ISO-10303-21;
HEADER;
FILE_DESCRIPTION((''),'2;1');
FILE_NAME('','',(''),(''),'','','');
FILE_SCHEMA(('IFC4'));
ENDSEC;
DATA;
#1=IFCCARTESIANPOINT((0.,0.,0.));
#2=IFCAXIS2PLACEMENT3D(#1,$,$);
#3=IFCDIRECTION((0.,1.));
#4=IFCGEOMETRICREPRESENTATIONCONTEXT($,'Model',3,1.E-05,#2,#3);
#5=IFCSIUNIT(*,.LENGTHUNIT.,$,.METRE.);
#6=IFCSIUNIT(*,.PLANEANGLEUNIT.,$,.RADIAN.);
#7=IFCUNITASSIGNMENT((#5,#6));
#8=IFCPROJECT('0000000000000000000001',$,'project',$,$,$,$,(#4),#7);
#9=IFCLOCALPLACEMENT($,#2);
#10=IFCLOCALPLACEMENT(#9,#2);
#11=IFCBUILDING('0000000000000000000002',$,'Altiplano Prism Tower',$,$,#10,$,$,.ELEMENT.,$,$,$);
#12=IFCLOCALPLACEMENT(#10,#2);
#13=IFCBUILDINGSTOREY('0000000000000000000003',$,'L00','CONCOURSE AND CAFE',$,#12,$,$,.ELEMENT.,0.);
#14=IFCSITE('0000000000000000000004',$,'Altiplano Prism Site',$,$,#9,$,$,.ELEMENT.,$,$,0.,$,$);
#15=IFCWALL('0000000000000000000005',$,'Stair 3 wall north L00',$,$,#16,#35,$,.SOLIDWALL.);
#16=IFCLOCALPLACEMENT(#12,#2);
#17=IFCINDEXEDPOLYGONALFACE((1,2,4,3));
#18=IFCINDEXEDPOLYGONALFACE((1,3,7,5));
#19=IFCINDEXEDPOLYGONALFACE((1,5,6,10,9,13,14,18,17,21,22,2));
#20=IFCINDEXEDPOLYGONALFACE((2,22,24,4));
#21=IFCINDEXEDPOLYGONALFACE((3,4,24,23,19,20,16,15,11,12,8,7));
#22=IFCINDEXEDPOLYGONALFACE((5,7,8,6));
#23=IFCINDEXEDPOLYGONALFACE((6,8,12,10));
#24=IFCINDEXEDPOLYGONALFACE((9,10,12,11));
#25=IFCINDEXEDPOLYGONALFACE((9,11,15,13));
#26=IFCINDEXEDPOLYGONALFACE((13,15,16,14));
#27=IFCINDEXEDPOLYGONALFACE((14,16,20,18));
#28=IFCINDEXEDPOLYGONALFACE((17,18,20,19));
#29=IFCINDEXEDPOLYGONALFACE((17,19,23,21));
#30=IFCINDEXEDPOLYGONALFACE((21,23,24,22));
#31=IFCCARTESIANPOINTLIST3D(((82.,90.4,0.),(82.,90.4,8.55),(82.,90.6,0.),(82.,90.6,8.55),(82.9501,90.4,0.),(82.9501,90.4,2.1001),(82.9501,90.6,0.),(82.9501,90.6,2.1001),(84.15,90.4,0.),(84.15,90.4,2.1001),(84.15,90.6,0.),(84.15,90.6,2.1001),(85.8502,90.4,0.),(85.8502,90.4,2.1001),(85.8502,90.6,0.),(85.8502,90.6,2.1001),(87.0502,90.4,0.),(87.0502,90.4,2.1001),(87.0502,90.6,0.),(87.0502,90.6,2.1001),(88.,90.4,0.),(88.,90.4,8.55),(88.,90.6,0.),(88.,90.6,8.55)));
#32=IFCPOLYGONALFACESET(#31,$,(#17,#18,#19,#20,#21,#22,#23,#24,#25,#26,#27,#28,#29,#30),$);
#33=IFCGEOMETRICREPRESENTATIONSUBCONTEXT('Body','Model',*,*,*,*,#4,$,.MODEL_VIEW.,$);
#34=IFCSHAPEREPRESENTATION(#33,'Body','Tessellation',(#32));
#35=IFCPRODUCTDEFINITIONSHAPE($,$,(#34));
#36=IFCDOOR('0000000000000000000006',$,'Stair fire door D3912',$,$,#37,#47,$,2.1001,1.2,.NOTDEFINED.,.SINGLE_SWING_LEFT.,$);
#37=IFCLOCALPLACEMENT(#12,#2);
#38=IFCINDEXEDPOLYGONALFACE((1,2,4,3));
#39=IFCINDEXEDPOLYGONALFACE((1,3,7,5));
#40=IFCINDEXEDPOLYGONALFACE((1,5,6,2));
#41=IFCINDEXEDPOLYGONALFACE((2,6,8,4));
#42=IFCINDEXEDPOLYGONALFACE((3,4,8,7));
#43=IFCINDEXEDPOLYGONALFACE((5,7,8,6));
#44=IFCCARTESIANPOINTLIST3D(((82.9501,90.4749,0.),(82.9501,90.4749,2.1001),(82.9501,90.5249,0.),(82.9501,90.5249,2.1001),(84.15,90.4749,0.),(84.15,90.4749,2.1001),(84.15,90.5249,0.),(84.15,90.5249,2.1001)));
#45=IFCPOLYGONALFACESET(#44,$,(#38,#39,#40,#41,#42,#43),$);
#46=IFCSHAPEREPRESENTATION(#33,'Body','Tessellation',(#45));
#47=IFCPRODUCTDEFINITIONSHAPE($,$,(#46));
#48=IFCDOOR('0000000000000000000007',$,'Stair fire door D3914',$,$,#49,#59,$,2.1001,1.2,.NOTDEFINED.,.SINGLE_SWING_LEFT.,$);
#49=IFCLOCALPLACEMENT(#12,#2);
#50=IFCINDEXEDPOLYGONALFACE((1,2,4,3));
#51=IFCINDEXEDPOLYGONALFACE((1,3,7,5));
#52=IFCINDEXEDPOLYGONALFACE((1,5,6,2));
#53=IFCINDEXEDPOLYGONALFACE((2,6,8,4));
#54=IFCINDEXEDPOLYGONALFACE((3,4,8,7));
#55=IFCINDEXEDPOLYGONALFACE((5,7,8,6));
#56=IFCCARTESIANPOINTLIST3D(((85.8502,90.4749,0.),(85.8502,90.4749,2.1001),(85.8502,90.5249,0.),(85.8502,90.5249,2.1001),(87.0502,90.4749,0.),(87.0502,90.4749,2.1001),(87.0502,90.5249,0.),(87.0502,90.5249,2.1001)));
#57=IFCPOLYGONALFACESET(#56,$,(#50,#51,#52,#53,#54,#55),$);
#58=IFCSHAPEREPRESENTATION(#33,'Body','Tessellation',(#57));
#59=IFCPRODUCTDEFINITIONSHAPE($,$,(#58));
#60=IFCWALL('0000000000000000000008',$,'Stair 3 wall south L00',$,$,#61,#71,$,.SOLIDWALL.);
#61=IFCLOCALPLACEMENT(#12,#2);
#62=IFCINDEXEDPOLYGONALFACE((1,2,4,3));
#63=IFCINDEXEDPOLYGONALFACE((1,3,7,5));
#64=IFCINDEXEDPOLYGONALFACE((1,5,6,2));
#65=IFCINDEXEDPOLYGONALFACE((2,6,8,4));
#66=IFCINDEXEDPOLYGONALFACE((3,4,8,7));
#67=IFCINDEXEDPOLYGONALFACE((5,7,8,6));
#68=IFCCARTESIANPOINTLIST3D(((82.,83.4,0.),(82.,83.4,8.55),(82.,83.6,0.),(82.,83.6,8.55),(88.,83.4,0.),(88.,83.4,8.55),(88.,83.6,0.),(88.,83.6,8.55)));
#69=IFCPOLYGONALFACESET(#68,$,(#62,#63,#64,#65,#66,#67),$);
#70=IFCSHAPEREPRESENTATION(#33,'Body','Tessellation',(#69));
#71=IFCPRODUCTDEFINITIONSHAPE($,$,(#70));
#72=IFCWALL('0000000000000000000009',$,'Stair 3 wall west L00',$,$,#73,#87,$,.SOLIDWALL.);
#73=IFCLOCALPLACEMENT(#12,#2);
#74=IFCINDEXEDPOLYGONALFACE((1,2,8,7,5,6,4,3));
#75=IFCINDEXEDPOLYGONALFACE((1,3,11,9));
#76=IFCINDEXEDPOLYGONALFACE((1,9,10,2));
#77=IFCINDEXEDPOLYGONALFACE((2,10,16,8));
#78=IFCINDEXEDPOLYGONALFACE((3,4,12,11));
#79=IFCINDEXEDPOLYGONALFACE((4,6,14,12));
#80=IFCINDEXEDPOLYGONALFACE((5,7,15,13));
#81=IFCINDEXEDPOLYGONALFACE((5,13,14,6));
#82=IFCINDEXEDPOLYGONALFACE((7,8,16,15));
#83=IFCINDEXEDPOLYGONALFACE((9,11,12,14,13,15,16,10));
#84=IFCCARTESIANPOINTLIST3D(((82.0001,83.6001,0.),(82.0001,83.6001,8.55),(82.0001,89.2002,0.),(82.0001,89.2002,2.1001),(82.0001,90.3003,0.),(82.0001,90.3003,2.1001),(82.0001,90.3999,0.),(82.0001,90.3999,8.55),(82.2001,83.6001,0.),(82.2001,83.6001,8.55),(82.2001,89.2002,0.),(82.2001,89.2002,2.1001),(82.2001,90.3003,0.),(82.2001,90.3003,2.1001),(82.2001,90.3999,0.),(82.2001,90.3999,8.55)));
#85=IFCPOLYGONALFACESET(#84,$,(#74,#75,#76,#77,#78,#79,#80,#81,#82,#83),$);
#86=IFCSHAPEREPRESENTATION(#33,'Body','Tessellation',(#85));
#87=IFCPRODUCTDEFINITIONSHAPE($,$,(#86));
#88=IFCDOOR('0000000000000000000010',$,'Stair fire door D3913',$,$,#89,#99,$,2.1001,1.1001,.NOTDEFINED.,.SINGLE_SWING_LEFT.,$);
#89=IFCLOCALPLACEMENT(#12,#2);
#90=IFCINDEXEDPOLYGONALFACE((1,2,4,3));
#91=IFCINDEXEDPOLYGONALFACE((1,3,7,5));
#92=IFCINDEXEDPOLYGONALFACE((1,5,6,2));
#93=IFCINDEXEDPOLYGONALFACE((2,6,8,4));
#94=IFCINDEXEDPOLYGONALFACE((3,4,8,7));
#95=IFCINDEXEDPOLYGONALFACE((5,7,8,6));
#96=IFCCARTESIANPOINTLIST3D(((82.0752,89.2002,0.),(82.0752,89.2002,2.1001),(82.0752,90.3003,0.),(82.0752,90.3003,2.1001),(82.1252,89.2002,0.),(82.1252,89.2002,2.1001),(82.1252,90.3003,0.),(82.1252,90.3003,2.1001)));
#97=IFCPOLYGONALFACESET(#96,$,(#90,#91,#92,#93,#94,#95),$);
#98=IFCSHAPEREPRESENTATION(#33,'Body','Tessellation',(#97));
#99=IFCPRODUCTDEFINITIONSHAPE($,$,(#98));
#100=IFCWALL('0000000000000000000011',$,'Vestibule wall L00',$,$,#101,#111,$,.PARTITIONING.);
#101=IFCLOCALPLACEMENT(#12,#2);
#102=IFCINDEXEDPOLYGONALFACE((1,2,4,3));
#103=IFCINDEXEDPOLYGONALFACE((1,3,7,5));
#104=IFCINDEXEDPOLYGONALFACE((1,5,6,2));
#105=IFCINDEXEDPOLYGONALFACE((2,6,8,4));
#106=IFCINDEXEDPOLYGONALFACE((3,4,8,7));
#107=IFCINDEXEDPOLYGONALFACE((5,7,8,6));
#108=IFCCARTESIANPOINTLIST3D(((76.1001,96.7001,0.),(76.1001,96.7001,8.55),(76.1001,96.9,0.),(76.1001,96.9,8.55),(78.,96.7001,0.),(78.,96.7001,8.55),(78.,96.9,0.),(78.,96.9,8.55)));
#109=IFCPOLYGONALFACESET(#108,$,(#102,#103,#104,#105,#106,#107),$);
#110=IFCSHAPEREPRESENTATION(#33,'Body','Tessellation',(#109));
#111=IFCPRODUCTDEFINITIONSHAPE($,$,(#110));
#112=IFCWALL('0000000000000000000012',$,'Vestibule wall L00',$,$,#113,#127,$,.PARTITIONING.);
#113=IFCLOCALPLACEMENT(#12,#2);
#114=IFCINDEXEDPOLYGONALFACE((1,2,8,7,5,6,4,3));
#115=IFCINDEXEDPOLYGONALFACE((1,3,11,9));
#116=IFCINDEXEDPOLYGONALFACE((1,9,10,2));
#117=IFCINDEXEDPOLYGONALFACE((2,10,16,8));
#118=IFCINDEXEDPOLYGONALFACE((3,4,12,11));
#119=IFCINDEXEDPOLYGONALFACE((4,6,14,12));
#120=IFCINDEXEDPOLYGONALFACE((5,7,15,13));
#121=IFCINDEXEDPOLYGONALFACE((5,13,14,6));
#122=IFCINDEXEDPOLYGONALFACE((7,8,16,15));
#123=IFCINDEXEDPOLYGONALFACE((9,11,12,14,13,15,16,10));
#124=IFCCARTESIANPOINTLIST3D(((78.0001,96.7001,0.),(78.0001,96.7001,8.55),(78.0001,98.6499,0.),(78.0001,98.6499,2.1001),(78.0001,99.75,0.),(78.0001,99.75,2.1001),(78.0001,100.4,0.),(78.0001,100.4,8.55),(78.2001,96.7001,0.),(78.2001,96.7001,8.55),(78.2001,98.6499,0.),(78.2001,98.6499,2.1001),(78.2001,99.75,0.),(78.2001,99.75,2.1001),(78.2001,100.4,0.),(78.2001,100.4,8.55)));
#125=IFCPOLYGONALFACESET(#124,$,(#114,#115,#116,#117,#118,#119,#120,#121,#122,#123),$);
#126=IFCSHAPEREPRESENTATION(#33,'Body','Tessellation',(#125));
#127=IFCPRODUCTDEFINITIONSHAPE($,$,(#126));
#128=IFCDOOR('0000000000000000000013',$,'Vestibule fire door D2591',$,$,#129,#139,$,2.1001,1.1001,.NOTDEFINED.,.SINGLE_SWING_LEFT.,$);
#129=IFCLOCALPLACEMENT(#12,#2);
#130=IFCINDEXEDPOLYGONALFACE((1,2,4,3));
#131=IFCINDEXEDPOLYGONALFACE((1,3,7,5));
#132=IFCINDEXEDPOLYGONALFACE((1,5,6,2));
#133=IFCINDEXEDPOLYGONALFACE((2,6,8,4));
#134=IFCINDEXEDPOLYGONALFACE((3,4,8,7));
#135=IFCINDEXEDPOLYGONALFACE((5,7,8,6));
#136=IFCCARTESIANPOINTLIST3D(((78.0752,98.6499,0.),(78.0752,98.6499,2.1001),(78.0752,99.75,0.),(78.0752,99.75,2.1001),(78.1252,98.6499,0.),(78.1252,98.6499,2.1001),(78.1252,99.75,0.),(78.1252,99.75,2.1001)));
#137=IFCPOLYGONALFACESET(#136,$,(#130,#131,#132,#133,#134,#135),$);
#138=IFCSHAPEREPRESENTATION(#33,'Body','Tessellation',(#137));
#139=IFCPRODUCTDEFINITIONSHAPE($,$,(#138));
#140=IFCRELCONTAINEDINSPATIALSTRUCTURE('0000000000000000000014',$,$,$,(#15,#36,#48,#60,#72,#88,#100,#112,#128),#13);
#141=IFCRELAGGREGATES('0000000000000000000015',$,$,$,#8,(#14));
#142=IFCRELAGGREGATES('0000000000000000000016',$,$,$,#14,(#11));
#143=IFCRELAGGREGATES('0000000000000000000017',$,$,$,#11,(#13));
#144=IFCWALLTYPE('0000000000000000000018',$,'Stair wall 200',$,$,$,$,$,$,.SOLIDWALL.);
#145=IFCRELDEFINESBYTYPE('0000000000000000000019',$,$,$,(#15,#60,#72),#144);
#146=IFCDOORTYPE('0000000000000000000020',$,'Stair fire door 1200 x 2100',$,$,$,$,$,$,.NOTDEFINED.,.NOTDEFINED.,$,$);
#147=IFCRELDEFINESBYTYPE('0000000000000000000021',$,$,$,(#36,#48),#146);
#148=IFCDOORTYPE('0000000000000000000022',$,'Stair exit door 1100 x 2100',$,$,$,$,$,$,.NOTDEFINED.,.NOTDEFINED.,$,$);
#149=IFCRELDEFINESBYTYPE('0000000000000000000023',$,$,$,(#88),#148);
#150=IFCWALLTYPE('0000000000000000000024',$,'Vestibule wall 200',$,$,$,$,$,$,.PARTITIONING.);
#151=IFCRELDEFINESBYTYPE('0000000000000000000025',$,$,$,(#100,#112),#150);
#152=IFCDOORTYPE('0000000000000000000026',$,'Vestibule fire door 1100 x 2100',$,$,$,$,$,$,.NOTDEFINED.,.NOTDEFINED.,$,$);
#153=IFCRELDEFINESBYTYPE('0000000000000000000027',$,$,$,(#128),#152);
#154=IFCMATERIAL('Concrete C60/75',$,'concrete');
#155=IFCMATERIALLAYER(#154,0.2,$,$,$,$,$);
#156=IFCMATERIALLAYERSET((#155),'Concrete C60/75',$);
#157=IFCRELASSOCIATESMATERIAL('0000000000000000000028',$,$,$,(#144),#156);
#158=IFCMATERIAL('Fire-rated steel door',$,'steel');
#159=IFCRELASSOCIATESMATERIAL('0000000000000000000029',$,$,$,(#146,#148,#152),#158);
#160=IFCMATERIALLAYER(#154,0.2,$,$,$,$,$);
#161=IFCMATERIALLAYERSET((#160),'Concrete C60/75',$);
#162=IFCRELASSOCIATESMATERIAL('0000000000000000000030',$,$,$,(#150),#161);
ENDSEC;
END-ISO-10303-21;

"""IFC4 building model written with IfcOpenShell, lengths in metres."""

from ifc_helpers import new_model, si_unit, direction, frame, frame_2d, origin, place, context, subcontext, project, spatial, rectangle, extrude, material, layer, layer_set, type_object, element, fill, save


model = new_model("IFC4")

# Units and contexts
model_context = context("Model", 3, precision=1e-05, world=origin(), true_north=direction((0.0, 1.0)))
body_context = subcontext(model_context, "Body", "Model", "MODEL_VIEW")
ifc_project = project(units=[si_unit("LENGTHUNIT", "METRE"), si_unit("PLANEANGLEUNIT", "RADIAN")], contexts=[model_context])

# Site, building, storey
site_placement = place(None, origin())
site = spatial("IfcSite", under=ifc_project, at=site_placement, Name="Altiplano Prism Site", CompositionType="ELEMENT", RefElevation=0.0)
building_placement = place(site_placement, origin())
building = spatial("IfcBuilding", under=site, at=building_placement, Name="Altiplano Prism Tower", CompositionType="ELEMENT")
storey_placement = place(building_placement, origin())
storey = spatial("IfcBuildingStorey", under=building, at=storey_placement, Name="L00", Description="CONCOURSE AND CAFE", CompositionType="ELEMENT", Elevation=0.0)

# Shared definitions
ifc_material_1 = material(Name="Concrete C60/75", Category="concrete")

# Shared definitions
ifc_material_2 = material(Name="Fire-rated steel door", Category="steel")

# Shared definitions
ifc_layer_1 = layer(ifc_material_1, 0.2)
ifc_layer_set_1 = layer_set([ifc_layer_1], Name="Concrete C60/75")
wall_type_1 = type_object("IfcWallType", Name="Stair wall 200", PredefinedType="SOLIDWALL", material=ifc_layer_set_1)

# Wall, openings, doors
wall_1_placement = place(storey_placement, frame((82.0, 90.5, 0.0), z_axis=(0.0, 0.0, 1.0), x_axis=(1.0, 0.0, 0.0)))
wall_1 = element("IfcWall", 1, at=wall_1_placement, inside=storey, type_object=wall_type_1, Name="Stair 3 wall north L00", PredefinedType="SOLIDWALL", context=body_context, shape_type="SweptSolid", body=[
    extrude(rectangle(XDim=6.0, YDim=0.2, at=frame_2d((3.0, 0.0))), origin(), (0.0, 0.0, 1.0), 8.55),
])
opening_1_placement = place(wall_1_placement, frame((0.95, 0.0, 0.0)))
opening_1 = element("IfcOpeningElement", 2, at=opening_1_placement, cuts=wall_1, PredefinedType="OPENING", context=body_context, shape_type="SweptSolid", body=[
    extrude(rectangle(XDim=1.2, YDim=2.1001, at=frame_2d((0.6001, 1.05))), frame((0.0, 0.1104, 0.0), z_axis=(0.0, -1.0, 0.0), x_axis=(1.0, 0.0, 0.0)), (0.0, 0.0, 1.0), 0.2209),
])
opening_2_placement = place(wall_1_placement, frame((3.8501, 0.0, 0.0)))
opening_2 = element("IfcOpeningElement", 3, at=opening_2_placement, cuts=wall_1, PredefinedType="OPENING", context=body_context, shape_type="SweptSolid", body=[
    extrude(rectangle(XDim=1.2, YDim=2.1001, at=frame_2d((0.6001, 1.05))), frame((0.0, 0.1104, 0.0), z_axis=(0.0, -1.0, 0.0), x_axis=(1.0, 0.0, 0.0)), (0.0, 0.0, 1.0), 0.2209),
])
door_type_1 = type_object("IfcDoorType", Name="Stair fire door 1200 x 2100", OperationType="NOTDEFINED", PredefinedType="NOTDEFINED", material=ifc_material_2)
door_1_placement = place(opening_1_placement, origin())
door_1 = element("IfcDoor", 4, at=door_1_placement, inside=storey, type_object=door_type_1, Name="Stair fire door D3912", OperationType="SINGLE_SWING_LEFT", OverallHeight=2.1001, OverallWidth=1.2, PredefinedType="NOTDEFINED", context=body_context, shape_type="SweptSolid", body=[
    extrude(rectangle(XDim=1.2, YDim=2.1001, at=frame_2d((0.6001, 1.05))), frame((0.0, 0.0249, 0.0), z_axis=(0.0, -1.0, 0.0), x_axis=(1.0, 0.0, 0.0)), (0.0, 0.0, 1.0), 0.05),
])
fill(opening_1, door_1)
door_2_placement = place(opening_2_placement, origin())
door_2 = element("IfcDoor", 5, at=door_2_placement, inside=storey, type_object=door_type_1, Name="Stair fire door D3914", OperationType="SINGLE_SWING_LEFT", OverallHeight=2.1001, OverallWidth=1.2, PredefinedType="NOTDEFINED", context=body_context, shape_type="SweptSolid", body=[
    extrude(rectangle(XDim=1.2, YDim=2.1001, at=frame_2d((0.6001, 1.05))), frame((0.0, 0.0249, 0.0), z_axis=(0.0, -1.0, 0.0), x_axis=(1.0, 0.0, 0.0)), (0.0, 0.0, 1.0), 0.05),
])
fill(opening_2, door_2)

# Wall
wall_2_placement = place(storey_placement, frame((82.0, 83.5, 0.0), z_axis=(0.0, 0.0, 1.0), x_axis=(1.0, 0.0, 0.0)))
element("IfcWall", 6, at=wall_2_placement, inside=storey, type_object=wall_type_1, Name="Stair 3 wall south L00", PredefinedType="SOLIDWALL", context=body_context, shape_type="SweptSolid", body=[
    extrude(rectangle(XDim=6.0, YDim=0.2, at=frame_2d((3.0, 0.0))), origin(), (0.0, 0.0, 1.0), 8.55),
])

# Wall, opening, door
wall_3_placement = place(storey_placement, frame((82.1001, 83.6001, 0.0), z_axis=(0.0, 0.0, 1.0), x_axis=(0.0, 1.0, 0.0)))
wall_3 = element("IfcWall", 7, at=wall_3_placement, inside=storey, type_object=wall_type_1, Name="Stair 3 wall west L00", PredefinedType="SOLIDWALL", context=body_context, shape_type="SweptSolid", body=[
    extrude(rectangle(XDim=6.7998, YDim=0.2, at=frame_2d((3.3999, 0.0))), origin(), (0.0, 0.0, 1.0), 8.55),
])
opening_3_placement = place(wall_3_placement, frame((5.6001, 0.0, 0.0)))
opening_3 = element("IfcOpeningElement", 8, at=opening_3_placement, cuts=wall_3, PredefinedType="OPENING", context=body_context, shape_type="SweptSolid", body=[
    extrude(rectangle(XDim=1.1001, YDim=2.1001, at=frame_2d((0.55, 1.05))), frame((0.0, 0.1104, 0.0), z_axis=(0.0, -1.0, 0.0), x_axis=(1.0, 0.0, 0.0)), (0.0, 0.0, 1.0), 0.2209),
])
door_type_2 = type_object("IfcDoorType", Name="Stair exit door 1100 x 2100", OperationType="NOTDEFINED", PredefinedType="NOTDEFINED", material=ifc_material_2)
door_3_placement = place(opening_3_placement, origin())
door_3 = element("IfcDoor", 9, at=door_3_placement, inside=storey, type_object=door_type_2, Name="Stair fire door D3913", OperationType="SINGLE_SWING_LEFT", OverallHeight=2.1001, OverallWidth=1.1001, PredefinedType="NOTDEFINED", context=body_context, shape_type="SweptSolid", body=[
    extrude(rectangle(XDim=1.1001, YDim=2.1001, at=frame_2d((0.55, 1.05))), frame((0.0, 0.0249, 0.0), z_axis=(0.0, -1.0, 0.0), x_axis=(1.0, 0.0, 0.0)), (0.0, 0.0, 1.0), 0.05),
])
fill(opening_3, door_3)

# Wall
ifc_layer_2 = layer(ifc_material_1, 0.2)
ifc_layer_set_2 = layer_set([ifc_layer_2], Name="Concrete C60/75")
wall_type_2 = type_object("IfcWallType", Name="Vestibule wall 200", PredefinedType="PARTITIONING", material=ifc_layer_set_2)
wall_4_placement = place(storey_placement, frame((76.1001, 96.8, 0.0), z_axis=(0.0, 0.0, 1.0), x_axis=(1.0, 0.0, 0.0)))
element("IfcWall", 10, at=wall_4_placement, inside=storey, type_object=wall_type_2, Name="Vestibule wall L00", PredefinedType="PARTITIONING", context=body_context, shape_type="SweptSolid", body=[
    extrude(rectangle(XDim=1.8999, YDim=0.2, at=frame_2d((0.95, 0.0))), origin(), (0.0, 0.0, 1.0), 8.55),
])

# Wall, opening, door
wall_5_placement = place(storey_placement, frame((78.1001, 96.7, 0.0), z_axis=(0.0, 0.0, 1.0), x_axis=(0.0, 1.0, 0.0)))
wall_5 = element("IfcWall", 11, at=wall_5_placement, inside=storey, type_object=wall_type_2, Name="Vestibule wall L00", PredefinedType="PARTITIONING", context=body_context, shape_type="SweptSolid", body=[
    extrude(rectangle(XDim=3.7, YDim=0.2, at=frame_2d((1.8501, 0.0))), origin(), (0.0, 0.0, 1.0), 8.55),
])
opening_4_placement = place(wall_5_placement, frame((1.95, 0.0, 0.0)))
opening_4 = element("IfcOpeningElement", 12, at=opening_4_placement, cuts=wall_5, PredefinedType="OPENING", context=body_context, shape_type="SweptSolid", body=[
    extrude(rectangle(XDim=1.1001, YDim=2.1001, at=frame_2d((0.55, 1.05))), frame((0.0, 0.1104, 0.0), z_axis=(0.0, -1.0, 0.0), x_axis=(1.0, 0.0, 0.0)), (0.0, 0.0, 1.0), 0.2209),
])
door_type_3 = type_object("IfcDoorType", Name="Vestibule fire door 1100 x 2100", OperationType="NOTDEFINED", PredefinedType="NOTDEFINED", material=ifc_material_2)
door_4_placement = place(opening_4_placement, origin())
door_4 = element("IfcDoor", 13, at=door_4_placement, inside=storey, type_object=door_type_3, Name="Vestibule fire door D2591", OperationType="SINGLE_SWING_LEFT", OverallHeight=2.1001, OverallWidth=1.1001, PredefinedType="NOTDEFINED", context=body_context, shape_type="SweptSolid", body=[
    extrude(rectangle(XDim=1.1001, YDim=2.1001, at=frame_2d((0.55, 1.05))), frame((0.0, 0.0249, 0.0), z_axis=(0.0, -1.0, 0.0), x_axis=(1.0, 0.0, 0.0)), (0.0, 0.0, 1.0), 0.05),
])
fill(opening_4, door_4)

save(model, "model.ifc")
